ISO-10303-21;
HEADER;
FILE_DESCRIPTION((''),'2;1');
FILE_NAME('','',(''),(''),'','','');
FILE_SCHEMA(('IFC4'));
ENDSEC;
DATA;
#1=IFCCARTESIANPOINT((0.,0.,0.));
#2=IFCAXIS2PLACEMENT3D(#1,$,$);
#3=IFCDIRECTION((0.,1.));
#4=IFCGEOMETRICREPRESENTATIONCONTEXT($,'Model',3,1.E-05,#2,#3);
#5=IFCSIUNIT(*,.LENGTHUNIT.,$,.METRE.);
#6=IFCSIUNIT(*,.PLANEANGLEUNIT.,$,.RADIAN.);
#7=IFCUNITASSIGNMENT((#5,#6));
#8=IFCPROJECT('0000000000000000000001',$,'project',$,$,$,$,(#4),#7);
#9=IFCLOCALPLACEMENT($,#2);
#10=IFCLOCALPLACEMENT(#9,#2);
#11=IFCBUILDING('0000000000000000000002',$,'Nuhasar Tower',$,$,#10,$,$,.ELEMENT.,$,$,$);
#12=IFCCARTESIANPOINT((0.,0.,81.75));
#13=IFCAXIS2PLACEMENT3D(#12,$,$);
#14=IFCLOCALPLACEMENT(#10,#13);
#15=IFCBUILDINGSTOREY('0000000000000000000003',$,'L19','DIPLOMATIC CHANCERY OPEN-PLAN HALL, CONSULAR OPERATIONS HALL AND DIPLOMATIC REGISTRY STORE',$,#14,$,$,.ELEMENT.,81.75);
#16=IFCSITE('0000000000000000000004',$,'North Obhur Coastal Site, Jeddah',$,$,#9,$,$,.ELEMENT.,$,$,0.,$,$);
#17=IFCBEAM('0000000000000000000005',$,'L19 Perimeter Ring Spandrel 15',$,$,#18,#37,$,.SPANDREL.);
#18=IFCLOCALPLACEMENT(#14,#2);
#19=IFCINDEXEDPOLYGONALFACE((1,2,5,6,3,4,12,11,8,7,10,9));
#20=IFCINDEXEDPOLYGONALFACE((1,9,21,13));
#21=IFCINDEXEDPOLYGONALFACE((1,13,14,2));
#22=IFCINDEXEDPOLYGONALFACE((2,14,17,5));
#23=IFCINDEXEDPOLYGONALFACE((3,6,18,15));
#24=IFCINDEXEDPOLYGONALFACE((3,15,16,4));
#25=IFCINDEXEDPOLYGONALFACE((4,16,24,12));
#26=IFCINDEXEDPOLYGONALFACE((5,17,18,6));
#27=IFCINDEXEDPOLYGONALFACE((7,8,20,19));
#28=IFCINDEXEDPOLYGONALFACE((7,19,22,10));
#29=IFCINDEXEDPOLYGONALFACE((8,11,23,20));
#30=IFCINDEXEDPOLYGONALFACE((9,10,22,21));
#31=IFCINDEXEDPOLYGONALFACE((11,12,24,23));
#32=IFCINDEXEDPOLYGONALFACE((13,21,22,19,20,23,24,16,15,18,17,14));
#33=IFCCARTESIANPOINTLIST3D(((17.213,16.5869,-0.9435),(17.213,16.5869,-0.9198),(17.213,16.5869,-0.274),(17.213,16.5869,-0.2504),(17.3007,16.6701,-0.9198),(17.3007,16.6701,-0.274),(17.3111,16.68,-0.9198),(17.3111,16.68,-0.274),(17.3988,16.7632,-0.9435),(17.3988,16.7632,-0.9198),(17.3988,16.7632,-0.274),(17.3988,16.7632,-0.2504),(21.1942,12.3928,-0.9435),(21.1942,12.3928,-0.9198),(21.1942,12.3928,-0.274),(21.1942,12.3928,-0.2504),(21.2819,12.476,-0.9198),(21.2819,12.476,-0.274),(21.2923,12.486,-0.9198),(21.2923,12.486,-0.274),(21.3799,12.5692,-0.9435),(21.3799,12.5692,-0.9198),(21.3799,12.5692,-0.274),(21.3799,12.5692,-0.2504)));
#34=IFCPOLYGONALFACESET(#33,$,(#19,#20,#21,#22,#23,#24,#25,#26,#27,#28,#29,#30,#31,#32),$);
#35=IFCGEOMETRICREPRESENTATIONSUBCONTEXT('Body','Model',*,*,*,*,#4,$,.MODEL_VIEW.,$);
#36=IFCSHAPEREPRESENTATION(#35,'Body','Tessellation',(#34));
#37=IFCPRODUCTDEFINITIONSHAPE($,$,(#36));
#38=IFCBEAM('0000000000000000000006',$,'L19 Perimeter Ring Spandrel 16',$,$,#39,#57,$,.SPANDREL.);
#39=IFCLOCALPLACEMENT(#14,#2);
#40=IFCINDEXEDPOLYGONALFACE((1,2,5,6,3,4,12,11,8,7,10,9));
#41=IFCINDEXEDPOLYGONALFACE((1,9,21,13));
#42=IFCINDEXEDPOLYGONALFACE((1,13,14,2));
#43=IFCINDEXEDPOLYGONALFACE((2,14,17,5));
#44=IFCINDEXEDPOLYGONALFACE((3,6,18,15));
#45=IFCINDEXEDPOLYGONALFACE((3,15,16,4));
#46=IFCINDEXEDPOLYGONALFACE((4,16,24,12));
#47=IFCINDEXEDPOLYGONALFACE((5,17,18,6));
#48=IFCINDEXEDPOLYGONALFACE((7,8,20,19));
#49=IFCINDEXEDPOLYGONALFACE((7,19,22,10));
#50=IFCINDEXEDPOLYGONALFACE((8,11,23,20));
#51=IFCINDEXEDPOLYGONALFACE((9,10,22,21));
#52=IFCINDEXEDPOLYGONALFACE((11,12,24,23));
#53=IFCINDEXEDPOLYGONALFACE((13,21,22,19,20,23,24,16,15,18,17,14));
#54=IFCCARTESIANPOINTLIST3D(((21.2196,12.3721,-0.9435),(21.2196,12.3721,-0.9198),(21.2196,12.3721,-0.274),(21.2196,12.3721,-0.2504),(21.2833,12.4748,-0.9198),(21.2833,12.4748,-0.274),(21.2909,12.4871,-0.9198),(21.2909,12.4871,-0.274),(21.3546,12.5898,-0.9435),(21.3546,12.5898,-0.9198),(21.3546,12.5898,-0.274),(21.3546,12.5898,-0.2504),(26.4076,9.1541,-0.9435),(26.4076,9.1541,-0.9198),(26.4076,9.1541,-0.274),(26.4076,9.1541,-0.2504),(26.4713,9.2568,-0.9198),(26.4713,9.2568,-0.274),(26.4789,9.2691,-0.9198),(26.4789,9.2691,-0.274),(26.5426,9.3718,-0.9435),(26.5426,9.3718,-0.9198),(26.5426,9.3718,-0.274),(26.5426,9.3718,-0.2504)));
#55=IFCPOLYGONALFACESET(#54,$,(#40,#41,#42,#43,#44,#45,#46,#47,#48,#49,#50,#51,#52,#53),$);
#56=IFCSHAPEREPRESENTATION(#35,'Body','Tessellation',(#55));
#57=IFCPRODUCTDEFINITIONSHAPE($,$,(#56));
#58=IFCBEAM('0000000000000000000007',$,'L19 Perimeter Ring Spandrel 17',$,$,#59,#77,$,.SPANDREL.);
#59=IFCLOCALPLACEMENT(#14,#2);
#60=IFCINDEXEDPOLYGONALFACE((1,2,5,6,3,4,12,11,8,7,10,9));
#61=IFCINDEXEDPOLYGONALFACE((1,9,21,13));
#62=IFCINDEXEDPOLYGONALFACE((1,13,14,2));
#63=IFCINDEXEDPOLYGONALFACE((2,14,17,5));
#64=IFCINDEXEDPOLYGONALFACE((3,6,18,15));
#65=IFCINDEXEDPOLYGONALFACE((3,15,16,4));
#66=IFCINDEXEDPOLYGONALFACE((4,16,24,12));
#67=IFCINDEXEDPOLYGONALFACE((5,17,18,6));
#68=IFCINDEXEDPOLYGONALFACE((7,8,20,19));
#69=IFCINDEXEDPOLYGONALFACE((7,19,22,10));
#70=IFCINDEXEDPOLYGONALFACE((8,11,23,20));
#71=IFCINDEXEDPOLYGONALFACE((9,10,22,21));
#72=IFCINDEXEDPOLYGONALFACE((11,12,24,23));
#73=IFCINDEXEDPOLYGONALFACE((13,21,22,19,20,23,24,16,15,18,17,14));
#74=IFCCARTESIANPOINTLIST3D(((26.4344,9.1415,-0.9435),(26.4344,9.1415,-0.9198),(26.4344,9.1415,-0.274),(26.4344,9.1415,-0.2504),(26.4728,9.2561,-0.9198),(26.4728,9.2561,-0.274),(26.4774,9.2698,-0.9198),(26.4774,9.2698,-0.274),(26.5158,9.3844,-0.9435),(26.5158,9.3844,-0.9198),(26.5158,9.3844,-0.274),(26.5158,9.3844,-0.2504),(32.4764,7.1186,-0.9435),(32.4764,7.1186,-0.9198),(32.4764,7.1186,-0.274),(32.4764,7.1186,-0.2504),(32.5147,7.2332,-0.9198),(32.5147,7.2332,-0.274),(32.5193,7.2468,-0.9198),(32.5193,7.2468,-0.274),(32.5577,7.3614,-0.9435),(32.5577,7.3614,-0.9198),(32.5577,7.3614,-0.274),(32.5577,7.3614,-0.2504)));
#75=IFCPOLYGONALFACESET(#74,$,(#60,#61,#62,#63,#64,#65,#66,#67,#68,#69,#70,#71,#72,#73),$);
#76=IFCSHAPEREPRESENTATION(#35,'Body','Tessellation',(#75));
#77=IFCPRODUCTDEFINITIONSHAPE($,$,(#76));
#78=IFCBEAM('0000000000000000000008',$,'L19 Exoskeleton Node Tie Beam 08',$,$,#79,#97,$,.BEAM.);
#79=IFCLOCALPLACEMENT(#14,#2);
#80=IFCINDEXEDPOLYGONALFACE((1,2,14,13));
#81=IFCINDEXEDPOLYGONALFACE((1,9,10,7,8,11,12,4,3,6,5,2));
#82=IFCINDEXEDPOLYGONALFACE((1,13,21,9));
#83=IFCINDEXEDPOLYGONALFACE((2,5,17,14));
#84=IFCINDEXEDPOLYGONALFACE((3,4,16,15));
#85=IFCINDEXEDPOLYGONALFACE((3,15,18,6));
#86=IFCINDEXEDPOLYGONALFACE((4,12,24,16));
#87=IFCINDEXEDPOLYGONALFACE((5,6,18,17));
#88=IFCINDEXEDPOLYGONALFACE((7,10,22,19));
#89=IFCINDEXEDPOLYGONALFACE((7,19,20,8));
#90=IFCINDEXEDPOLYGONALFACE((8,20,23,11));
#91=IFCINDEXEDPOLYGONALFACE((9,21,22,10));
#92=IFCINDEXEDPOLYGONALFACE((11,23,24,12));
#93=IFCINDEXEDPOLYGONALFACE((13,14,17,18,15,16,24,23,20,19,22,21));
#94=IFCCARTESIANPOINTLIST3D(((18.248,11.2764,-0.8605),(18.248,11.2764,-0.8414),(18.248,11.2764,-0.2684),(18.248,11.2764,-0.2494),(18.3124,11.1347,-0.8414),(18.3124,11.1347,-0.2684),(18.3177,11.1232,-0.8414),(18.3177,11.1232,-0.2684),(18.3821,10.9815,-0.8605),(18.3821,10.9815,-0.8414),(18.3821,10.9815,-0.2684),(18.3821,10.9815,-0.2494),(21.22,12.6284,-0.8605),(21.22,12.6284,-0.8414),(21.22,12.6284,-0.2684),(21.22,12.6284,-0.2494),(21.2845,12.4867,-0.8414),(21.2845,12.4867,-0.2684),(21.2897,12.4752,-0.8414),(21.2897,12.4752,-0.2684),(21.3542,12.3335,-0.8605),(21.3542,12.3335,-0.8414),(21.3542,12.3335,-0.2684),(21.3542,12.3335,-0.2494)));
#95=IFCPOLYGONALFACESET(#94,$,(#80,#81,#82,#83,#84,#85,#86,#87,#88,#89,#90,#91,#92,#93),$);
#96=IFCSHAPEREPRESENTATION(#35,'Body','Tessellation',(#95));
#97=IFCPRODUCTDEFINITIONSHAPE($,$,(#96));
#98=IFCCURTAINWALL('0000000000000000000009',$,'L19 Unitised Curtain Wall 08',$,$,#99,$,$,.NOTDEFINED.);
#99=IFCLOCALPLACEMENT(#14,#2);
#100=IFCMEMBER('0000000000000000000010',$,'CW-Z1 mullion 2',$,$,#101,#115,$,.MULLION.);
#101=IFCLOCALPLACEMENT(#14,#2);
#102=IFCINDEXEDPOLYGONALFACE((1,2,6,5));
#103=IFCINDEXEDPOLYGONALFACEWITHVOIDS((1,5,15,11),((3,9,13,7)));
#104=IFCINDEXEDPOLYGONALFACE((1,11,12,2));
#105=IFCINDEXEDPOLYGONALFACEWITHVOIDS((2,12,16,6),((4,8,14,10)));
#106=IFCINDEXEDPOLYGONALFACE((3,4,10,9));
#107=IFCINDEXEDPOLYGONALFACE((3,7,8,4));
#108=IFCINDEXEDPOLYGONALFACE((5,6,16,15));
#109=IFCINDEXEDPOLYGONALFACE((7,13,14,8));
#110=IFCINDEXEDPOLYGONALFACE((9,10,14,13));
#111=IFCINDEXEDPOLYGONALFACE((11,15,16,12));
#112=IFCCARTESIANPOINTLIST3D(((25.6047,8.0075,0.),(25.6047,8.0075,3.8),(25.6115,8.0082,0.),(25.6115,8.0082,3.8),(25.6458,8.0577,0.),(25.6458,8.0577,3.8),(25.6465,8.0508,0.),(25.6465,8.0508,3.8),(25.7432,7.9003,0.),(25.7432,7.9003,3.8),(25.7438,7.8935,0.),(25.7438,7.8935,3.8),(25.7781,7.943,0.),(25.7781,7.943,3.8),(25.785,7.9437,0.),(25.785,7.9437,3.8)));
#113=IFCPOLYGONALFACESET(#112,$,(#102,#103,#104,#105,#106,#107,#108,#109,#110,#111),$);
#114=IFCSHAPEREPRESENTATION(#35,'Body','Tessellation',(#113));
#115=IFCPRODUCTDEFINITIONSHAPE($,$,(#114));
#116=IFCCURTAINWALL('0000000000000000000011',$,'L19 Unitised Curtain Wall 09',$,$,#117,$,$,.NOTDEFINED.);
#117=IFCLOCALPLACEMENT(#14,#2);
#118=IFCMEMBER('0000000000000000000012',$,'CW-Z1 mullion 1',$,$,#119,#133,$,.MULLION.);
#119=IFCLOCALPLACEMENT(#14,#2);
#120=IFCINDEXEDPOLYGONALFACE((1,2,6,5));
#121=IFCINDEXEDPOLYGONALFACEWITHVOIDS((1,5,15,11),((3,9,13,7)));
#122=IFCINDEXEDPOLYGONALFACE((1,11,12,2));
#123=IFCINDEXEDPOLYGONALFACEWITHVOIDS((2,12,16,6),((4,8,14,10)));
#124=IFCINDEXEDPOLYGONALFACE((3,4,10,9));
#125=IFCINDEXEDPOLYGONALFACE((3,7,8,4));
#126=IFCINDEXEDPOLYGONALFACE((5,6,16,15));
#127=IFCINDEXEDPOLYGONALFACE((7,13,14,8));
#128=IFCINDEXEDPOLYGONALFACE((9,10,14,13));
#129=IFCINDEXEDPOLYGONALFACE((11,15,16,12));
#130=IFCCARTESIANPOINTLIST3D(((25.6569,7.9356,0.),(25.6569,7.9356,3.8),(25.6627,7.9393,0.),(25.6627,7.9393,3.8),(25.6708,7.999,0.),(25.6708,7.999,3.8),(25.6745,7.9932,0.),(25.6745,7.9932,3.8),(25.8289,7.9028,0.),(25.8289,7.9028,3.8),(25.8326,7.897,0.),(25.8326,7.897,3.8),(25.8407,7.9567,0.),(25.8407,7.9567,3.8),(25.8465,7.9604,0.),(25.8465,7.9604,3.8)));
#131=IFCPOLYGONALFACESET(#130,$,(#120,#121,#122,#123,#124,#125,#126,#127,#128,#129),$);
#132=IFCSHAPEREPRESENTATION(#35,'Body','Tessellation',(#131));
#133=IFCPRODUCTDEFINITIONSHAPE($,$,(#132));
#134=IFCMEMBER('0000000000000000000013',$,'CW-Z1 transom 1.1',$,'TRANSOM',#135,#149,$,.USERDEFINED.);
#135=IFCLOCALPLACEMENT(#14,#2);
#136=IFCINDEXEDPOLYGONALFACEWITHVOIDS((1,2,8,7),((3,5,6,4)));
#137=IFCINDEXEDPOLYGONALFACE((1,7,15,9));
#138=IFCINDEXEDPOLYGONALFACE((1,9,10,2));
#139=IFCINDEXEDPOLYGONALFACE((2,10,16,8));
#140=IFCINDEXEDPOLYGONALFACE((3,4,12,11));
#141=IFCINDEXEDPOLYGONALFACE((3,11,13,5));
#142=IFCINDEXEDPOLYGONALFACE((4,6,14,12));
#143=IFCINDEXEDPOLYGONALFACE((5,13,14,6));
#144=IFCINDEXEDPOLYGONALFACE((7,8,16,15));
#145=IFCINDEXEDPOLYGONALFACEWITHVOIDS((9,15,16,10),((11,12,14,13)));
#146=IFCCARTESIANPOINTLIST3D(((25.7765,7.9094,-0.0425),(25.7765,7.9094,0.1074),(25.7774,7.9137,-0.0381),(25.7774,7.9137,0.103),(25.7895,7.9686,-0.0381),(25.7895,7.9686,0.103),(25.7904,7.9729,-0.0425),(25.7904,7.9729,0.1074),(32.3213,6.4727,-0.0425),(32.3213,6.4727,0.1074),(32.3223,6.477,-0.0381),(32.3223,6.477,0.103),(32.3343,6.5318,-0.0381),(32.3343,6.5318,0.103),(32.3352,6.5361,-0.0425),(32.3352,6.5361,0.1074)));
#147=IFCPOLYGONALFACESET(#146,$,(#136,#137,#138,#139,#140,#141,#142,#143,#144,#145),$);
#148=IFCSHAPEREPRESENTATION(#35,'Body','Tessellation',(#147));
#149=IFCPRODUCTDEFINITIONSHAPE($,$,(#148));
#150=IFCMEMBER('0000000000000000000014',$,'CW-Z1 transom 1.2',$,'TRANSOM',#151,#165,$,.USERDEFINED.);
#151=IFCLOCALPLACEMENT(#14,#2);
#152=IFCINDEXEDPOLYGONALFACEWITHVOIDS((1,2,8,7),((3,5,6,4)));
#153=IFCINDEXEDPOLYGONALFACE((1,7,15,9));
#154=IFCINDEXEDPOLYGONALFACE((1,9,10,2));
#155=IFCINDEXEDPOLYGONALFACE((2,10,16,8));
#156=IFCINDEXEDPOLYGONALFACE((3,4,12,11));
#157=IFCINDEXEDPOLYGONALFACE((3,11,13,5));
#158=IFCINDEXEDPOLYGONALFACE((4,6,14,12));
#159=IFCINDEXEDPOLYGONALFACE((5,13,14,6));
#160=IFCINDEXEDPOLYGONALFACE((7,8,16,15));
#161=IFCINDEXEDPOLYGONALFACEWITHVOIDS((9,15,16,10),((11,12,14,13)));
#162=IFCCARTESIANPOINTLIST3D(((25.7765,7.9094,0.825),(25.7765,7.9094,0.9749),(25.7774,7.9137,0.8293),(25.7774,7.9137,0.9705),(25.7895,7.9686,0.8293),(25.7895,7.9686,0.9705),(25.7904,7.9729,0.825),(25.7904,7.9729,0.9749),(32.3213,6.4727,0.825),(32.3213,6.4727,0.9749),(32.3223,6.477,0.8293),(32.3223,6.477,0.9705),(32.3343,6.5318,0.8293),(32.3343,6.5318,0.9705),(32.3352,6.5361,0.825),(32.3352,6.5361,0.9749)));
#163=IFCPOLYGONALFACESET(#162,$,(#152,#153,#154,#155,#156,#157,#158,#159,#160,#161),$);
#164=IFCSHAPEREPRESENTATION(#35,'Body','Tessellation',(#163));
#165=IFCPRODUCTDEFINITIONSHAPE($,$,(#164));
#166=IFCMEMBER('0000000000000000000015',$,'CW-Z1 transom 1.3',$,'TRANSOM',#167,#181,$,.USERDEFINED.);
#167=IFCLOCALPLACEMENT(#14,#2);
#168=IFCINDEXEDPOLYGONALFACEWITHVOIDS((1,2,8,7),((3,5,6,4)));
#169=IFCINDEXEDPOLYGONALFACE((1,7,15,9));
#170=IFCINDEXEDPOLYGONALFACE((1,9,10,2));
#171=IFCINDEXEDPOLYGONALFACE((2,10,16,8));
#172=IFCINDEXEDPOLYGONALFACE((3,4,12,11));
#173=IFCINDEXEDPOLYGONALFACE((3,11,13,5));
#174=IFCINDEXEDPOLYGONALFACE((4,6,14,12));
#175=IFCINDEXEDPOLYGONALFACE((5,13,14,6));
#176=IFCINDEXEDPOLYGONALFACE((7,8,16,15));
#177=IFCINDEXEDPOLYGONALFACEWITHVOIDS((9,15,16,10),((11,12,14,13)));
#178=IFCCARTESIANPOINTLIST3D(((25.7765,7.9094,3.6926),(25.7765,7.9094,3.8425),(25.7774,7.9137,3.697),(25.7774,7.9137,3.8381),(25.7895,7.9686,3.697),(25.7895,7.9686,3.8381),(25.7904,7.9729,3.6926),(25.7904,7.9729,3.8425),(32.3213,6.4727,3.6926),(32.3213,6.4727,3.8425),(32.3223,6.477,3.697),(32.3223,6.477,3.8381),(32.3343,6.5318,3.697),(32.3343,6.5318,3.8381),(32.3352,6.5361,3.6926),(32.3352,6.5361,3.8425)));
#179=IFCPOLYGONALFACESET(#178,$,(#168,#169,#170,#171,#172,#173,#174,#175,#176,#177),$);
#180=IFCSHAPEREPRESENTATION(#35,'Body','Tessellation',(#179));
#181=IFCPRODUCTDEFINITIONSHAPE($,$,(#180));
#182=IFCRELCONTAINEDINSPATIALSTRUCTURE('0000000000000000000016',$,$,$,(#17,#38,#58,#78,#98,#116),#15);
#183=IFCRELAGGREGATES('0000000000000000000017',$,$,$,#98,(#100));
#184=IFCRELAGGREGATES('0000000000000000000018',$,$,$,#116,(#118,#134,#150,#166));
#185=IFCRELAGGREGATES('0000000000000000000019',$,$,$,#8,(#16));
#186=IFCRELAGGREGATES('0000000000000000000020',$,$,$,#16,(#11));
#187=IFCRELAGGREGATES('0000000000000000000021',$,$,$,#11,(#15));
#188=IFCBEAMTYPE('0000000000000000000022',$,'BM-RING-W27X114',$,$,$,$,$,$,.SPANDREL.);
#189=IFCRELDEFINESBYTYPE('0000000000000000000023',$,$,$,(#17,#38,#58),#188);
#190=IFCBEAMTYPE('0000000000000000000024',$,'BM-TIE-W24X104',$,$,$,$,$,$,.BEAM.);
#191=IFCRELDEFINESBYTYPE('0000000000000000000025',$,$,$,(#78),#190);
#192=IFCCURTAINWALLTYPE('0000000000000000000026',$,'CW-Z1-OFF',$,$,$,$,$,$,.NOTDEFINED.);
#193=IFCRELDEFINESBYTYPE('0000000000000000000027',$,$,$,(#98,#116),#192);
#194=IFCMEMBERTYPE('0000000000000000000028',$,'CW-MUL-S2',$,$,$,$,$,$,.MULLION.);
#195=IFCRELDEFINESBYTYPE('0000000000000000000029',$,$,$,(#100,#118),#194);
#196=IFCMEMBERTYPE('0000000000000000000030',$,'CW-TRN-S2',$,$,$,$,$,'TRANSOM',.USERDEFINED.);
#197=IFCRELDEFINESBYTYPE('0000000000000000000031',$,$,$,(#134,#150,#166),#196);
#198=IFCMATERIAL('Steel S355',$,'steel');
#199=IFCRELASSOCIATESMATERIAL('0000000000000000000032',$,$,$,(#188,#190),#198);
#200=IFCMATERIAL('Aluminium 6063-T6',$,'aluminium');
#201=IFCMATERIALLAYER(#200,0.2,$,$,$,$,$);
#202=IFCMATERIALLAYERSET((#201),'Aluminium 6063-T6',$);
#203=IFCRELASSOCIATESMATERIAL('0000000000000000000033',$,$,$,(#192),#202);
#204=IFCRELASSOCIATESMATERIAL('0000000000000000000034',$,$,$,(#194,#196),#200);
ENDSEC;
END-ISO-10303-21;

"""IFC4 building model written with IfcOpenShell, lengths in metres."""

from ifc_helpers import new_model, si_unit, direction, frame, origin, origin_2d, place, context, subcontext, project, spatial, hollow_rectangle, i_section, extrude, material, layer, layer_set, material_profile, profile_set, type_object, element, aggregate, save


model = new_model("IFC4")

# Units and contexts
model_context = context("Model", 3, precision=1e-05, world=origin(), true_north=direction((0.0, 1.0)))
body_context = subcontext(model_context, "Body", "Model", "MODEL_VIEW")
ifc_project = project(units=[si_unit("LENGTHUNIT", "METRE"), si_unit("PLANEANGLEUNIT", "RADIAN")], contexts=[model_context])

# Site, building, storey
site_placement = place(None, origin())
site = spatial("IfcSite", under=ifc_project, at=site_placement, Name="North Obhur Coastal Site, Jeddah", CompositionType="ELEMENT", RefElevation=0.0)
building_placement = place(site_placement, origin())
building = spatial("IfcBuilding", under=site, at=building_placement, Name="Nuhasar Tower", CompositionType="ELEMENT")
storey_placement = place(building_placement, frame((0.0, 0.0, 81.75)))
storey = spatial("IfcBuildingStorey", under=building, at=storey_placement, Name="L19", Description="DIPLOMATIC CHANCERY OPEN-PLAN HALL, CONSULAR OPERATIONS HALL AND DIPLOMATIC REGISTRY STORE", CompositionType="ELEMENT", Elevation=81.75)

# Beams
ifc_material_1 = material(Name="Steel S355", Category="steel")
ifc_material_profile_1 = material_profile(ifc_material_1, i_section(OverallWidth=0.2561, OverallDepth=0.6931, WebThickness=0.0144, FlangeThickness=0.0237, at=origin_2d()), Name="W27X114")
ifc_profile_set_1 = profile_set([ifc_material_profile_1], Name="Steel S355")
beam_type_1 = type_object("IfcBeamType", Name="BM-RING-W27X114", PredefinedType="SPANDREL", material=ifc_profile_set_1)
beam_1_placement = place(storey_placement, frame((17.3059, 16.675, -0.5969), z_axis=(0.68846, -0.725274, 0.0), x_axis=(0.725274, 0.68846, 0.0)))
element("IfcBeam", 1, at=beam_1_placement, inside=storey, type_object=beam_type_1, Name="L19 Perimeter Ring Spandrel 15", PredefinedType="SPANDREL", context=body_context, shape_type="SweptSolid", body=[
    extrude(i_section(OverallWidth=0.2561, OverallDepth=0.6931, WebThickness=0.0144, FlangeThickness=0.0237, at=origin_2d()), origin(), (0.0, 0.0, 1.0), 5.7827),
])
beam_2_placement = place(storey_placement, frame((21.2871, 12.481, -0.5969), z_axis=(0.849795, -0.527113, 0.0), x_axis=(0.527113, 0.849795, 0.0)))
element("IfcBeam", 2, at=beam_2_placement, inside=storey, type_object=beam_type_1, Name="L19 Perimeter Ring Spandrel 16", PredefinedType="SPANDREL", context=body_context, shape_type="SweptSolid", body=[
    extrude(i_section(OverallWidth=0.2561, OverallDepth=0.6931, WebThickness=0.0144, FlangeThickness=0.0237, at=origin_2d()), origin(), (0.0, 0.0, 1.0), 6.105),
])
beam_3_placement = place(storey_placement, frame((26.4751, 9.2629, -0.5969), z_axis=(0.948261, -0.317492, 0.0), x_axis=(0.317492, 0.948261, 0.0)))
element("IfcBeam", 3, at=beam_3_placement, inside=storey, type_object=beam_type_1, Name="L19 Perimeter Ring Spandrel 17", PredefinedType="SPANDREL", context=body_context, shape_type="SweptSolid", body=[
    extrude(i_section(OverallWidth=0.2561, OverallDepth=0.6931, WebThickness=0.0144, FlangeThickness=0.0237, at=origin_2d()), origin(), (0.0, 0.0, 1.0), 6.3716),
])
ifc_material_profile_2 = material_profile(ifc_material_1, i_section(OverallWidth=0.324, OverallDepth=0.6111, WebThickness=0.0127, FlangeThickness=0.019, at=origin_2d()), Name="W24X104")
ifc_profile_set_2 = profile_set([ifc_material_profile_2], Name="Steel S355")
beam_type_2 = type_object("IfcBeamType", Name="BM-TIE-W24X104", PredefinedType="BEAM", material=ifc_profile_set_2)
beam_4_placement = place(storey_placement, frame((21.2871, 12.481, -0.5549), z_axis=(-0.910244, -0.414073, 0.0), x_axis=(0.414073, -0.910244, 0.0)))
element("IfcBeam", 4, at=beam_4_placement, inside=storey, type_object=beam_type_2, Name="L19 Exoskeleton Node Tie Beam 08", PredefinedType="BEAM", context=body_context, shape_type="SweptSolid", body=[
    extrude(i_section(OverallWidth=0.324, OverallDepth=0.6111, WebThickness=0.0127, FlangeThickness=0.019, at=origin_2d()), origin(), (0.0, 0.0, 1.0), 3.2651),
])

# Curtain wall, member
ifc_material_2 = material(Name="Aluminium 6063-T6", Category="aluminium")
ifc_layer_1 = layer(ifc_material_2, 0.2)
ifc_layer_set_1 = layer_set([ifc_layer_1], Name="Aluminium 6063-T6")
curtain_wall_type = type_object("IfcCurtainWallType", Name="CW-Z1-OFF", PredefinedType="NOTDEFINED", material=ifc_layer_set_1)
curtain_wall_1_placement = place(storey_placement, origin())
curtain_wall_1 = element("IfcCurtainWall", 5, at=curtain_wall_1_placement, inside=storey, type_object=curtain_wall_type, Name="L19 Unitised Curtain Wall 08", PredefinedType="NOTDEFINED")
ifc_material_profile_3 = material_profile(ifc_material_2, hollow_rectangle(XDim=0.0649, YDim=0.1799, WallThickness=0.0049, at=origin_2d()), Name="CWM-2")
ifc_profile_set_3 = profile_set([ifc_material_profile_3], Name="Aluminium 6063-T6")
member_type_1 = type_object("IfcMemberType", Name="CW-MUL-S2", PredefinedType="MULLION", material=ifc_profile_set_3)
member_1_placement = place(storey_placement, frame((25.6948, 7.9756, 0.0), z_axis=(0.0, 0.0, 1.0), x_axis=(0.633745, 0.773542, 0.0)))
member_1 = element("IfcMember", 6, at=member_1_placement, type_object=member_type_1, Name="CW-Z1 mullion 2", PredefinedType="MULLION", context=body_context, shape_type="SweptSolid", body=[
    extrude(hollow_rectangle(XDim=0.0649, YDim=0.1799, WallThickness=0.0049, at=origin_2d()), origin(), (0.0, 0.0, 1.0), 3.8),
])

# Curtain wall, members
curtain_wall_2_placement = place(storey_placement, origin())
curtain_wall_2 = element("IfcCurtainWall", 7, at=curtain_wall_2_placement, inside=storey, type_object=curtain_wall_type, Name="L19 Unitised Curtain Wall 09", PredefinedType="NOTDEFINED")
member_2_placement = place(storey_placement, frame((25.7517, 7.948, 0.0), z_axis=(0.0, 0.0, 1.0), x_axis=(0.214399, 0.976746, 0.0)))
member_2 = element("IfcMember", 8, at=member_2_placement, type_object=member_type_1, Name="CW-Z1 mullion 1", PredefinedType="MULLION", context=body_context, shape_type="SweptSolid", body=[
    extrude(hollow_rectangle(XDim=0.0649, YDim=0.1799, WallThickness=0.0049, at=origin_2d()), origin(), (0.0, 0.0, 1.0), 3.8),
])
ifc_material_profile_4 = material_profile(ifc_material_2, hollow_rectangle(XDim=0.0649, YDim=0.1499, WallThickness=0.0044, at=origin_2d()), Name="CWT-2")
ifc_profile_set_4 = profile_set([ifc_material_profile_4], Name="Aluminium 6063-T6")
member_type_2 = type_object("IfcMemberType", Name="CW-TRN-S2", ElementType="TRANSOM", PredefinedType="USERDEFINED", material=ifc_profile_set_4)
member_3_placement = place(storey_placement, frame((25.7834, 7.9412, 0.0325), z_axis=(0.976742, -0.214418, 0.0), x_axis=(0.214418, 0.976742, 0.0)))
member_3 = element("IfcMember", 9, at=member_3_placement, type_object=member_type_2, Name="CW-Z1 transom 1.1", ObjectType="TRANSOM", PredefinedType="USERDEFINED", context=body_context, shape_type="SweptSolid", body=[
    extrude(hollow_rectangle(XDim=0.0649, YDim=0.1499, WallThickness=0.0044, at=origin_2d()), origin(), (0.0, 0.0, 1.0), 6.7007),
])
member_4_placement = place(storey_placement, frame((25.7834, 7.9412, 0.8999), z_axis=(0.976742, -0.214418, 0.0), x_axis=(0.214418, 0.976742, 0.0)))
member_4 = element("IfcMember", 10, at=member_4_placement, type_object=member_type_2, Name="CW-Z1 transom 1.2", ObjectType="TRANSOM", PredefinedType="USERDEFINED", context=body_context, shape_type="SweptSolid", body=[
    extrude(hollow_rectangle(XDim=0.0649, YDim=0.1499, WallThickness=0.0044, at=origin_2d()), origin(), (0.0, 0.0, 1.0), 6.7007),
])
member_5_placement = place(storey_placement, frame((25.7834, 7.9412, 3.7676), z_axis=(0.976742, -0.214418, 0.0), x_axis=(0.214418, 0.976742, 0.0)))
member_5 = element("IfcMember", 11, at=member_5_placement, type_object=member_type_2, Name="CW-Z1 transom 1.3", ObjectType="TRANSOM", PredefinedType="USERDEFINED", context=body_context, shape_type="SweptSolid", body=[
    extrude(hollow_rectangle(XDim=0.0649, YDim=0.1499, WallThickness=0.0044, at=origin_2d()), origin(), (0.0, 0.0, 1.0), 6.7007),
])

aggregate(curtain_wall_1, [member_1])
aggregate(curtain_wall_2, [member_2, member_3, member_4, member_5])

save(model, "model.ifc")
